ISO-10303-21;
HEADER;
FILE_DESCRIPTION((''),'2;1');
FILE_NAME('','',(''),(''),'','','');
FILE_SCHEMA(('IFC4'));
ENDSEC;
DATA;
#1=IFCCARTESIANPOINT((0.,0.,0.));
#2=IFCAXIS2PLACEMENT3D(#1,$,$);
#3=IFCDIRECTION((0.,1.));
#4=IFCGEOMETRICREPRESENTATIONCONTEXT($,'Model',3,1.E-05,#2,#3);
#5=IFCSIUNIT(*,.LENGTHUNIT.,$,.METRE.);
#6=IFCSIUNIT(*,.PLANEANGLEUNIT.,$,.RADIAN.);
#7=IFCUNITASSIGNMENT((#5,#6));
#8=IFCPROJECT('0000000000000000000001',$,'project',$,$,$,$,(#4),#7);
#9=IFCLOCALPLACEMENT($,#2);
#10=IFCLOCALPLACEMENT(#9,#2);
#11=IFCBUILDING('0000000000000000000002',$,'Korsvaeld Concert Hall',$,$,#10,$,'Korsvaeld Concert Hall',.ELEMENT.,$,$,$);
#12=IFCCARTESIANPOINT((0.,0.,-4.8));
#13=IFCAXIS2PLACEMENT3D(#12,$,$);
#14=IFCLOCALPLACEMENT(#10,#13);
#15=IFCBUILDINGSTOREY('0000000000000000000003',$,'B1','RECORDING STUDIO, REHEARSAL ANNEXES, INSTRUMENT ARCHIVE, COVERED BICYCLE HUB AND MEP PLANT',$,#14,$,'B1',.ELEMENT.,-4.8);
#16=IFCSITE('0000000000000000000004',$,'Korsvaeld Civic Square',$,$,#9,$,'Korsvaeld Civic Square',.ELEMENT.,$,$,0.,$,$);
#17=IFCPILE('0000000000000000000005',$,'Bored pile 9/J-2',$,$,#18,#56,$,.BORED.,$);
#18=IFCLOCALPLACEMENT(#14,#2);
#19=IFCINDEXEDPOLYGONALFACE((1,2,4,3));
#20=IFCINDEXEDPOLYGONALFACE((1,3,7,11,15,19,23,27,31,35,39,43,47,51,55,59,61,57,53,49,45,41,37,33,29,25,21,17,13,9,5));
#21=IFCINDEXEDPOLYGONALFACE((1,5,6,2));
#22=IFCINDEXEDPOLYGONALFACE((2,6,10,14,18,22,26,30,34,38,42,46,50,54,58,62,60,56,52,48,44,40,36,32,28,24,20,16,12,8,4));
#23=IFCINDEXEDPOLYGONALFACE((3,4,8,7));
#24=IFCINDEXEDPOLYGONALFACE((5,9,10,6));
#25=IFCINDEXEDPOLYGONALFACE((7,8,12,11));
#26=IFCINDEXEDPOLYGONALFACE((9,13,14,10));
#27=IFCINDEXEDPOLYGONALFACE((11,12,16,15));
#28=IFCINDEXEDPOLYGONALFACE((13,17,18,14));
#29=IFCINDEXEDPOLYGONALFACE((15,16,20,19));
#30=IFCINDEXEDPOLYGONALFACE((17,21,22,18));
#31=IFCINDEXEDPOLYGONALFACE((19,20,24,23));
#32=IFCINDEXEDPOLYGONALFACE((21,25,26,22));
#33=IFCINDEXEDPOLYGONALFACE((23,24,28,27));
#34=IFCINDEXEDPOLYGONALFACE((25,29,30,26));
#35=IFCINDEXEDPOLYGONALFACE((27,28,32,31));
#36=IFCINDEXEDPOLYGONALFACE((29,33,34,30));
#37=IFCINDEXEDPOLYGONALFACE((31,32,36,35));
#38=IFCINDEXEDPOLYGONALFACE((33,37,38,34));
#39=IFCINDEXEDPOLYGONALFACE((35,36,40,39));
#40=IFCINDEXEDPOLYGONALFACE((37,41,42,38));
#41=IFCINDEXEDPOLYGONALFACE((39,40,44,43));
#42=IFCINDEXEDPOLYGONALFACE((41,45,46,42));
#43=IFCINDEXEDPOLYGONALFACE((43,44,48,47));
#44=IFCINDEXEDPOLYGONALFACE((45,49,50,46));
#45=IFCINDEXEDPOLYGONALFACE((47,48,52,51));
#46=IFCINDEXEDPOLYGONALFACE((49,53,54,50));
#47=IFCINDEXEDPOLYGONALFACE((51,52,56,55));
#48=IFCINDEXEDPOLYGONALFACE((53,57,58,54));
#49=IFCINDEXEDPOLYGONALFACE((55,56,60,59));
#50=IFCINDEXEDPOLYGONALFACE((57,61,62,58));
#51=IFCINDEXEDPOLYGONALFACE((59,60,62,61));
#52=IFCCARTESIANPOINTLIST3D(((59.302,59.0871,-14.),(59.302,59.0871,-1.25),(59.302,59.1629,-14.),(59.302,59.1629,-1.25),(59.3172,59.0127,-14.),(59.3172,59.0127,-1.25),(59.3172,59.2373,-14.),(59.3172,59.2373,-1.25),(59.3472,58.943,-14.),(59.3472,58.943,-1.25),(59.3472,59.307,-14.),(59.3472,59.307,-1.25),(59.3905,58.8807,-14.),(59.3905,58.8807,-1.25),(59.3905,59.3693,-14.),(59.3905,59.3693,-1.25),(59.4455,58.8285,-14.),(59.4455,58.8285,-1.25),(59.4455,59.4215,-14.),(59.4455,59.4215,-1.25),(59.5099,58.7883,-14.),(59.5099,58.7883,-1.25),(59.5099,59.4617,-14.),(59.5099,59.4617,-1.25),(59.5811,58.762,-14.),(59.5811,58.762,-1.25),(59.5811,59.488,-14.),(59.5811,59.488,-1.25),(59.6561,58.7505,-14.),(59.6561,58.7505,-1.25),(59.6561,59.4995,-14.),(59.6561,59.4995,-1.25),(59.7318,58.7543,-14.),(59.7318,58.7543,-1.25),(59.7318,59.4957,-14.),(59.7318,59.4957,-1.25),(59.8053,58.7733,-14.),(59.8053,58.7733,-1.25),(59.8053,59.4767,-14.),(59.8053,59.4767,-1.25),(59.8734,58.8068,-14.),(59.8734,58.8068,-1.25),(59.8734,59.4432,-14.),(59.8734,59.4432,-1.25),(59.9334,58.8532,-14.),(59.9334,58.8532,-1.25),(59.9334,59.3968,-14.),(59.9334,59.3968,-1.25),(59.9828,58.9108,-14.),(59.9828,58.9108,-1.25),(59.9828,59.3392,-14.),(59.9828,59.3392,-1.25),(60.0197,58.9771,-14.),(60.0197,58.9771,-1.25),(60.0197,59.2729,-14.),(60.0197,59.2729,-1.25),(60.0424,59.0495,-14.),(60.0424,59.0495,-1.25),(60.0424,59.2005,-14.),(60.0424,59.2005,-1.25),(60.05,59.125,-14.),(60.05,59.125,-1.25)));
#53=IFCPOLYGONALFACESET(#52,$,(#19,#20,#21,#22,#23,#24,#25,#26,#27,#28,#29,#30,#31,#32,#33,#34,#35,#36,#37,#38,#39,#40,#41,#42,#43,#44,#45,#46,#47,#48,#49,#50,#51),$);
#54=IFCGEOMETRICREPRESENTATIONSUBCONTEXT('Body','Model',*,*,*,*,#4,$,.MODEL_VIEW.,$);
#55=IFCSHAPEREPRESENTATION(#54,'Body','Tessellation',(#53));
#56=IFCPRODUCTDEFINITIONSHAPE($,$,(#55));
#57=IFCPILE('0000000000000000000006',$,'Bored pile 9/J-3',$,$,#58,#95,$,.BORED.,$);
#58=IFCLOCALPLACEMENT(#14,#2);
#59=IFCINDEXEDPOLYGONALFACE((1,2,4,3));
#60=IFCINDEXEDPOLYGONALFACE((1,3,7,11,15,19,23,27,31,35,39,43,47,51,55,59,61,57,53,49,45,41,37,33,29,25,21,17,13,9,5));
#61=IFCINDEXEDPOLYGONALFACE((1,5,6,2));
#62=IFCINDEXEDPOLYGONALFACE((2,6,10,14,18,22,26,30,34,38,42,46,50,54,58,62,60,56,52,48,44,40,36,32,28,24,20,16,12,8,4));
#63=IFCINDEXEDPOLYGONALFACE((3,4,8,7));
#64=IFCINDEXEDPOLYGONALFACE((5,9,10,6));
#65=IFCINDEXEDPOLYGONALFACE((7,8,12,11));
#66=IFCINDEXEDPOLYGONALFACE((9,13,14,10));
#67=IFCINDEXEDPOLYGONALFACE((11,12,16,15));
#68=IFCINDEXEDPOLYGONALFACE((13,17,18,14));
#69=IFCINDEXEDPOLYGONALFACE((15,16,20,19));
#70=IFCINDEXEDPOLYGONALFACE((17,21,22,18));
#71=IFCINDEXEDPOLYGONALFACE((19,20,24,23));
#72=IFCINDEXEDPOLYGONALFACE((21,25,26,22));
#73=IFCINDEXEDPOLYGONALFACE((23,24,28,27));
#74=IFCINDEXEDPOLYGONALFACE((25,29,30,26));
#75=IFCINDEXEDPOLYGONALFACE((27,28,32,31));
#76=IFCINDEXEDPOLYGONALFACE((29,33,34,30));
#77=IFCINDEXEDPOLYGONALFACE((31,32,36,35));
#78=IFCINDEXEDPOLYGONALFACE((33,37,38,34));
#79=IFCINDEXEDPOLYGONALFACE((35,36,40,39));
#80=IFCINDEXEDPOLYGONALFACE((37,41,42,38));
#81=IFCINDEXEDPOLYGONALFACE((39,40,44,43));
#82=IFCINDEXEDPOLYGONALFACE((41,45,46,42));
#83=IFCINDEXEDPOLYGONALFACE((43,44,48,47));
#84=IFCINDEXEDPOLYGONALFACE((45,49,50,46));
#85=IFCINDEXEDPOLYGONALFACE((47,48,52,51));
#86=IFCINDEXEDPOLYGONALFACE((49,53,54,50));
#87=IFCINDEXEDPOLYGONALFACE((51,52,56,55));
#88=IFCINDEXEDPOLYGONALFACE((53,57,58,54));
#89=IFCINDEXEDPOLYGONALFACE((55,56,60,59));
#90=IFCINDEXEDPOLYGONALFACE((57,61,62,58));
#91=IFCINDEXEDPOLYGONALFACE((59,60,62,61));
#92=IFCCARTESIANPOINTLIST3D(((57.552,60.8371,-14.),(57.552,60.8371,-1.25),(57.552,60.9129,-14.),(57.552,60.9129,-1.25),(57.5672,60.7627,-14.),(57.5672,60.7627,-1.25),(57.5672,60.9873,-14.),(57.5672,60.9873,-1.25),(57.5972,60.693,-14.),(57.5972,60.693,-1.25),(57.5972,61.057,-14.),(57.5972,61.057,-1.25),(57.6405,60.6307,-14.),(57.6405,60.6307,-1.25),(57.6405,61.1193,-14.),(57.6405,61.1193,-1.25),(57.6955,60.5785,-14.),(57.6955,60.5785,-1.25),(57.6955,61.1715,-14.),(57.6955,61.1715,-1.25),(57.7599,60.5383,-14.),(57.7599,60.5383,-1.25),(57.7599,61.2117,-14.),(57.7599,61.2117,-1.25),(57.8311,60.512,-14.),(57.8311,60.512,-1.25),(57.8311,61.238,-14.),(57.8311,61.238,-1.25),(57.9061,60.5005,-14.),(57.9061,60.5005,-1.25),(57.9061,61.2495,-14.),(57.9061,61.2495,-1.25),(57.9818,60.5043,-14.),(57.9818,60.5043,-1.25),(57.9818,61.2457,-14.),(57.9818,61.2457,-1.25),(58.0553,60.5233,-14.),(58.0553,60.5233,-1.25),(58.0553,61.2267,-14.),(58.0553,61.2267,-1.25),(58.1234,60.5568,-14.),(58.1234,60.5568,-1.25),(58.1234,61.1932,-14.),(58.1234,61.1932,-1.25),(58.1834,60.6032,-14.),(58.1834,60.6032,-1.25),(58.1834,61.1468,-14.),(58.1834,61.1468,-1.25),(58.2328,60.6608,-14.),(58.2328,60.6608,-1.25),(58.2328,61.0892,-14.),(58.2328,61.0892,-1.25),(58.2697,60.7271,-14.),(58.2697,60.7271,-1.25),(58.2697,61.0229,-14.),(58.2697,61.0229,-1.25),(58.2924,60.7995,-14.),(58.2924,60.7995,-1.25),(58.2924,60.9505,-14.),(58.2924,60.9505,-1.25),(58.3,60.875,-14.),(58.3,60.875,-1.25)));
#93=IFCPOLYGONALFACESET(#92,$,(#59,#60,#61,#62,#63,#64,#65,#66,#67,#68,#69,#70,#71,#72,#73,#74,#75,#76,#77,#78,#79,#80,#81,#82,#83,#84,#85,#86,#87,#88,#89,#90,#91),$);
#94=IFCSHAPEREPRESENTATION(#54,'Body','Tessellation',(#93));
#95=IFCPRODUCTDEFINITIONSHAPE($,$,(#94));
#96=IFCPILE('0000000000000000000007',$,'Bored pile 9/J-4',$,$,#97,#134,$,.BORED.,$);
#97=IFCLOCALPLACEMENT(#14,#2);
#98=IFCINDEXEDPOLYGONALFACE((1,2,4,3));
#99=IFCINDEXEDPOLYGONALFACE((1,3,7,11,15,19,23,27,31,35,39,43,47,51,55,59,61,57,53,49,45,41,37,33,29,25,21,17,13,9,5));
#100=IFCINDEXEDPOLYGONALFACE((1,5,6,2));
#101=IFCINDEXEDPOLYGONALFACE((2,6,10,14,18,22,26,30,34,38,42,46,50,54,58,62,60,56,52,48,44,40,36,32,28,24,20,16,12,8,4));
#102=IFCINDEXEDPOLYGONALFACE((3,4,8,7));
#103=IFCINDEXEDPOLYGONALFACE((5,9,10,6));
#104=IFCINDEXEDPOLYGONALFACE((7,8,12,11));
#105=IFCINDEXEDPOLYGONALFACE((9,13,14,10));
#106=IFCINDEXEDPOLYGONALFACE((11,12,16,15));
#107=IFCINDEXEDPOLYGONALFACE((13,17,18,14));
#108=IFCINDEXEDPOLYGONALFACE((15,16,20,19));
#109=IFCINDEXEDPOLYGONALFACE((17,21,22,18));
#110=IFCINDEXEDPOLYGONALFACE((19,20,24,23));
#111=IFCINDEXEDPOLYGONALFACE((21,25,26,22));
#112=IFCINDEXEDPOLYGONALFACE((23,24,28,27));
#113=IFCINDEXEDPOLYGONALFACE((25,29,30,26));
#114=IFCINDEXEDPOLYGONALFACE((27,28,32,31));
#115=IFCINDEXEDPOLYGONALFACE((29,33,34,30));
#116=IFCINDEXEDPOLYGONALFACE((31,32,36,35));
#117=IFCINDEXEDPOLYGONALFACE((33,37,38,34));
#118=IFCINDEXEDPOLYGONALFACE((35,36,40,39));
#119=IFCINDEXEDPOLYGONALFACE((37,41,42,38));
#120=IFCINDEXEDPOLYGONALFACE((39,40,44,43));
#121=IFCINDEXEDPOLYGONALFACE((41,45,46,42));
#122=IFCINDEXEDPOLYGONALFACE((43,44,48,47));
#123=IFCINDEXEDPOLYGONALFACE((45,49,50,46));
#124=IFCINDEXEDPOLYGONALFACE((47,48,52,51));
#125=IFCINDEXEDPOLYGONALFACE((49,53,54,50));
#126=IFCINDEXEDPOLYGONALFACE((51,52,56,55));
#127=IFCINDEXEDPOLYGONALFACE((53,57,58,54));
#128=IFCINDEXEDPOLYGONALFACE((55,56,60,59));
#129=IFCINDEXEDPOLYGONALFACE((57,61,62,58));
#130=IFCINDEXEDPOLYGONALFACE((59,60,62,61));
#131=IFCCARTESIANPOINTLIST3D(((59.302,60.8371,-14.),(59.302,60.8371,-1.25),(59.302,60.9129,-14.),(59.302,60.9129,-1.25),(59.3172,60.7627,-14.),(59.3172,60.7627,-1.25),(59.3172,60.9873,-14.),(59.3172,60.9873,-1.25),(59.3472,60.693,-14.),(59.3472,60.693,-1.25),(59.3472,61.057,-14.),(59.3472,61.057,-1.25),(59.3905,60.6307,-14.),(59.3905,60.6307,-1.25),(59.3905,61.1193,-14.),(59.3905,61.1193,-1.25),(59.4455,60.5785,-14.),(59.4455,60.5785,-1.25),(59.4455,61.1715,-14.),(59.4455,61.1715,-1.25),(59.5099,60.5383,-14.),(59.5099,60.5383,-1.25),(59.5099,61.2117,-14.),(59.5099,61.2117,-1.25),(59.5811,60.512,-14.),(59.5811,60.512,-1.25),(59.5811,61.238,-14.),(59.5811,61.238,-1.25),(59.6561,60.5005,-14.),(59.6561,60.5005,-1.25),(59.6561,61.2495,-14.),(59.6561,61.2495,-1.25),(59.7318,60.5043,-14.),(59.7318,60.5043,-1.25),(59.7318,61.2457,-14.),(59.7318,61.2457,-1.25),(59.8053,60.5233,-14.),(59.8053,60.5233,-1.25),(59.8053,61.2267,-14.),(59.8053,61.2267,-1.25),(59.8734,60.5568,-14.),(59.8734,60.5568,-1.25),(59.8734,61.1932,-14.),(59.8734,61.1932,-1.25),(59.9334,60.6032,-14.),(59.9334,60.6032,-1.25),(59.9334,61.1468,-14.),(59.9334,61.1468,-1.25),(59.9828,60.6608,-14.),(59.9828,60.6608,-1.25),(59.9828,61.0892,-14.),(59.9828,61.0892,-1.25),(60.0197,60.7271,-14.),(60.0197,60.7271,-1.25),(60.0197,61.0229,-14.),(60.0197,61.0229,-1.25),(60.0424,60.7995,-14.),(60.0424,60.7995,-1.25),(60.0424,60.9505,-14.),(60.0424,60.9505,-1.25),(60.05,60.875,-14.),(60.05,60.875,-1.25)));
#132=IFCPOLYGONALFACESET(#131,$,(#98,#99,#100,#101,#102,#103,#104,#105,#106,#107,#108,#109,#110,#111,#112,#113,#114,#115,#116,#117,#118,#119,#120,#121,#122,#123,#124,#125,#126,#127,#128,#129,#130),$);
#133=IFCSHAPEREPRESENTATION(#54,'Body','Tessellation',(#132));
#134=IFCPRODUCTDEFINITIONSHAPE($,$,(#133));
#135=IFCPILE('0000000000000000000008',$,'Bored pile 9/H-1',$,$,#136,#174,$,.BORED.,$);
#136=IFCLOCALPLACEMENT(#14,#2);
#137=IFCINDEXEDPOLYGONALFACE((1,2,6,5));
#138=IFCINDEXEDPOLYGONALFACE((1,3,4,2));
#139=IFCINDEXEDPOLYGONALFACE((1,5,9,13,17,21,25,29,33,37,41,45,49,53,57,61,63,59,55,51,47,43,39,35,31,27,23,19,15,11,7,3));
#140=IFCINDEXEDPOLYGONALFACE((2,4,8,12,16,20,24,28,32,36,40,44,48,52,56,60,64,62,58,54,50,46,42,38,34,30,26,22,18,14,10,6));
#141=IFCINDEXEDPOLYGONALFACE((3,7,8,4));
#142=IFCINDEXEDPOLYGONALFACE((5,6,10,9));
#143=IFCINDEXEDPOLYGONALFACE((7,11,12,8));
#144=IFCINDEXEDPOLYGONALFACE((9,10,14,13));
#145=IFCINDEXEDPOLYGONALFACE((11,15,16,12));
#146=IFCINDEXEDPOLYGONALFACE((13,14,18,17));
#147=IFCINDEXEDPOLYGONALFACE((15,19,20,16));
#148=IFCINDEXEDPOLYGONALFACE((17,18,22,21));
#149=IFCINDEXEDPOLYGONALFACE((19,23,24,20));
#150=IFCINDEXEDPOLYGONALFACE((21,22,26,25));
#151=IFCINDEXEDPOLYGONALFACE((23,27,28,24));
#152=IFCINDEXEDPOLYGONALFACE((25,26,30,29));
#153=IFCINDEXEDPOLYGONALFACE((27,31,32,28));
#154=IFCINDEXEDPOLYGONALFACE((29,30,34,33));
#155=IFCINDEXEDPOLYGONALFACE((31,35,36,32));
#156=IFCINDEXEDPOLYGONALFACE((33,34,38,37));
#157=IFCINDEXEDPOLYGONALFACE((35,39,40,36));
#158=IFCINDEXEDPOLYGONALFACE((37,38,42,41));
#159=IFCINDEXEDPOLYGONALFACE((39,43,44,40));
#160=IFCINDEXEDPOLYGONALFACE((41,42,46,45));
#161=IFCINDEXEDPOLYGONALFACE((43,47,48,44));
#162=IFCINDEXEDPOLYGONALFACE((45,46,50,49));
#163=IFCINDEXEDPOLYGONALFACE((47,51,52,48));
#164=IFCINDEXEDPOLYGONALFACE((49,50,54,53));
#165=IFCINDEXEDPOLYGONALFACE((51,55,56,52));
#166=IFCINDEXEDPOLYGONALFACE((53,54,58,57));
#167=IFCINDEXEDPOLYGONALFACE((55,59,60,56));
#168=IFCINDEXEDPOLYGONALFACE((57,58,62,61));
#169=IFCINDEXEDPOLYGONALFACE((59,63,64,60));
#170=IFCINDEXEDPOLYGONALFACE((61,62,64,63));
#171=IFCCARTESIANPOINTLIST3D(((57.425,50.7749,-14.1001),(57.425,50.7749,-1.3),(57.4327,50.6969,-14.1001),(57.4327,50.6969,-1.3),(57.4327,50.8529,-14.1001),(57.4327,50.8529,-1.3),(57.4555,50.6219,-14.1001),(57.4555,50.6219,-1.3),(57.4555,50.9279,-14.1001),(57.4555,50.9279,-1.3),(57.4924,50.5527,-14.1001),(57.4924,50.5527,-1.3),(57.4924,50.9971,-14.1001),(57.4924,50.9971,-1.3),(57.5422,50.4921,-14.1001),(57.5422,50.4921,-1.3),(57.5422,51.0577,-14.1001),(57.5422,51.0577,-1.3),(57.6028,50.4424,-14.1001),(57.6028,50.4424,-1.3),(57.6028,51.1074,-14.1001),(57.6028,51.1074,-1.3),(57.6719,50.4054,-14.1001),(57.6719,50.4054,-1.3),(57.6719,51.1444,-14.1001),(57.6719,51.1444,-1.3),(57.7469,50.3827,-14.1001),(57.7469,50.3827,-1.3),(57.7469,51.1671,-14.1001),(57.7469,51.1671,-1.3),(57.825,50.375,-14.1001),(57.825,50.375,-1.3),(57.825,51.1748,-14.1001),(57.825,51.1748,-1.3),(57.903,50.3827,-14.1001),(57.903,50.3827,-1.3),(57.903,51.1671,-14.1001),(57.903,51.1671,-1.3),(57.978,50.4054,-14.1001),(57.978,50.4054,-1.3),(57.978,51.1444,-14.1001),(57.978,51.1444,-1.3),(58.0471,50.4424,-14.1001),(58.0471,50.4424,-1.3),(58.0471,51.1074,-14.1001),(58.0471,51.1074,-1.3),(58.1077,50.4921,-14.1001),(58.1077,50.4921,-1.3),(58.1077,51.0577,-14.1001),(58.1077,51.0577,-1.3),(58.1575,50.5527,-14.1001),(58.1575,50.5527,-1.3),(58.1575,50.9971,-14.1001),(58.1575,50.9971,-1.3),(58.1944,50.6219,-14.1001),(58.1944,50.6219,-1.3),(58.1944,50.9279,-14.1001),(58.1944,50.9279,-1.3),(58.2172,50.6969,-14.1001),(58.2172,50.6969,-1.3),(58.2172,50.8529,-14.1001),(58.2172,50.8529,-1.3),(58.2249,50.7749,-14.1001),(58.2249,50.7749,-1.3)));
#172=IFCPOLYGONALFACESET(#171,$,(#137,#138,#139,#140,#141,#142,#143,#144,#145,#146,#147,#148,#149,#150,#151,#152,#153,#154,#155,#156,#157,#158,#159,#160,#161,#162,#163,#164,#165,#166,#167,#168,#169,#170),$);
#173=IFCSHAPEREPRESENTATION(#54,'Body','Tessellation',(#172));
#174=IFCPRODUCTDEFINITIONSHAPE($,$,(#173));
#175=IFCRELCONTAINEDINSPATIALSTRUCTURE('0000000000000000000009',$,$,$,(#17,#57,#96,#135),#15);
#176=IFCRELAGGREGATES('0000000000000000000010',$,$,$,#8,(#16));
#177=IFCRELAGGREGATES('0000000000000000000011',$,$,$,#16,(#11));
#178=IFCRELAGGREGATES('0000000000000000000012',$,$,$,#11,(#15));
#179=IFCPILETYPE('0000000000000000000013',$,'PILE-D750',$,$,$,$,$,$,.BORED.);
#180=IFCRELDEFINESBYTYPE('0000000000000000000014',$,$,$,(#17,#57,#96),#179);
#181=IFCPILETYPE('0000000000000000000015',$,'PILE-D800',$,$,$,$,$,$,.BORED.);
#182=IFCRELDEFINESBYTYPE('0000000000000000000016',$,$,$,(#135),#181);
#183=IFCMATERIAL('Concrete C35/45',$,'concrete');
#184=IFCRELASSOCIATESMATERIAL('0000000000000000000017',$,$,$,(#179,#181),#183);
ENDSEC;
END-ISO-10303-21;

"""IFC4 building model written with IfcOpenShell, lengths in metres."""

from ifc_helpers import new_model, si_unit, direction, frame, origin, origin_2d, place, context, subcontext, project, spatial, circle, extrude, material, material_profile, profile_set, type_object, element, save


model = new_model("IFC4")

# Units and contexts
model_context = context("Model", 3, precision=1e-05, world=origin(), true_north=direction((0.0, 1.0)))
body_context = subcontext(model_context, "Body", "Model", "MODEL_VIEW")
ifc_project = project(units=[si_unit("LENGTHUNIT", "METRE"), si_unit("PLANEANGLEUNIT", "RADIAN")], contexts=[model_context])

# Site, building, storey
site_placement = place(None, origin())
site = spatial("IfcSite", under=ifc_project, at=site_placement, Name="Korsvaeld Civic Square", LongName="Korsvaeld Civic Square", CompositionType="ELEMENT", RefElevation=0.0)
building_placement = place(site_placement, origin())
building = spatial("IfcBuilding", under=site, at=building_placement, Name="Korsvaeld Concert Hall", LongName="Korsvaeld Concert Hall", CompositionType="ELEMENT")
storey_placement = place(building_placement, frame((0.0, 0.0, -4.8)))
storey = spatial("IfcBuildingStorey", under=building, at=storey_placement, Name="B1", Description="RECORDING STUDIO, REHEARSAL ANNEXES, INSTRUMENT ARCHIVE, COVERED BICYCLE HUB AND MEP PLANT", LongName="B1", CompositionType="ELEMENT", Elevation=-4.8)

# Shared definitions
ifc_material_1 = material(Name="Concrete C35/45", Category="concrete")

# Piles
ifc_material_profile_1 = material_profile(ifc_material_1, circle(Radius=0.375, at=origin_2d()), Name="BORED PILE D750")
ifc_profile_set_1 = profile_set([ifc_material_profile_1], Name="Concrete C35/45")
pile_type_1 = type_object("IfcPileType", Name="PILE-D750", PredefinedType="BORED", material=ifc_profile_set_1)
for number, where, z_axis, x_axis, name in (
    (1, (59.675, 59.125, -1.25), (0.0, 0.0, -1.0), (1.0, 0.0, 0.0), "Bored pile 9/J-2"),
    (2, (57.925, 60.875, -1.25), (0.0, 0.0, -1.0), (1.0, 0.0, 0.0), "Bored pile 9/J-3"),
    (3, (59.675, 60.875, -1.25), (0.0, 0.0, -1.0), (1.0, 0.0, 0.0), "Bored pile 9/J-4"),
):
    element("IfcPile", number, at=place(storey_placement, frame(where, z_axis=z_axis, x_axis=x_axis)), inside=storey, type_object=pile_type_1, Name=name, PredefinedType="BORED", context=body_context, shape_type="SweptSolid", body=[
        extrude(circle(Radius=0.375, at=origin_2d()), origin(), (0.0, 0.0, 1.0), 12.75),
    ])
ifc_material_profile_2 = material_profile(ifc_material_1, circle(Radius=0.3999, at=origin_2d()), Name="BORED PILE D800")
ifc_profile_set_2 = profile_set([ifc_material_profile_2], Name="Concrete C35/45")
pile_type_2 = type_object("IfcPileType", Name="PILE-D800", PredefinedType="BORED", material=ifc_profile_set_2)
for number, where, z_axis, x_axis, name in (
    (4, (57.825, 50.7749, -1.3), (0.0, 0.0, -1.0), (1.0, 0.0, 0.0), "Bored pile 9/H-1"),
):
    element("IfcPile", number, at=place(storey_placement, frame(where, z_axis=z_axis, x_axis=x_axis)), inside=storey, type_object=pile_type_2, Name=name, PredefinedType="BORED", context=body_context, shape_type="SweptSolid", body=[
        extrude(circle(Radius=0.3999, at=origin_2d()), origin(), (0.0, 0.0, 1.0), 12.8),
    ])

save(model, "model.ifc")
